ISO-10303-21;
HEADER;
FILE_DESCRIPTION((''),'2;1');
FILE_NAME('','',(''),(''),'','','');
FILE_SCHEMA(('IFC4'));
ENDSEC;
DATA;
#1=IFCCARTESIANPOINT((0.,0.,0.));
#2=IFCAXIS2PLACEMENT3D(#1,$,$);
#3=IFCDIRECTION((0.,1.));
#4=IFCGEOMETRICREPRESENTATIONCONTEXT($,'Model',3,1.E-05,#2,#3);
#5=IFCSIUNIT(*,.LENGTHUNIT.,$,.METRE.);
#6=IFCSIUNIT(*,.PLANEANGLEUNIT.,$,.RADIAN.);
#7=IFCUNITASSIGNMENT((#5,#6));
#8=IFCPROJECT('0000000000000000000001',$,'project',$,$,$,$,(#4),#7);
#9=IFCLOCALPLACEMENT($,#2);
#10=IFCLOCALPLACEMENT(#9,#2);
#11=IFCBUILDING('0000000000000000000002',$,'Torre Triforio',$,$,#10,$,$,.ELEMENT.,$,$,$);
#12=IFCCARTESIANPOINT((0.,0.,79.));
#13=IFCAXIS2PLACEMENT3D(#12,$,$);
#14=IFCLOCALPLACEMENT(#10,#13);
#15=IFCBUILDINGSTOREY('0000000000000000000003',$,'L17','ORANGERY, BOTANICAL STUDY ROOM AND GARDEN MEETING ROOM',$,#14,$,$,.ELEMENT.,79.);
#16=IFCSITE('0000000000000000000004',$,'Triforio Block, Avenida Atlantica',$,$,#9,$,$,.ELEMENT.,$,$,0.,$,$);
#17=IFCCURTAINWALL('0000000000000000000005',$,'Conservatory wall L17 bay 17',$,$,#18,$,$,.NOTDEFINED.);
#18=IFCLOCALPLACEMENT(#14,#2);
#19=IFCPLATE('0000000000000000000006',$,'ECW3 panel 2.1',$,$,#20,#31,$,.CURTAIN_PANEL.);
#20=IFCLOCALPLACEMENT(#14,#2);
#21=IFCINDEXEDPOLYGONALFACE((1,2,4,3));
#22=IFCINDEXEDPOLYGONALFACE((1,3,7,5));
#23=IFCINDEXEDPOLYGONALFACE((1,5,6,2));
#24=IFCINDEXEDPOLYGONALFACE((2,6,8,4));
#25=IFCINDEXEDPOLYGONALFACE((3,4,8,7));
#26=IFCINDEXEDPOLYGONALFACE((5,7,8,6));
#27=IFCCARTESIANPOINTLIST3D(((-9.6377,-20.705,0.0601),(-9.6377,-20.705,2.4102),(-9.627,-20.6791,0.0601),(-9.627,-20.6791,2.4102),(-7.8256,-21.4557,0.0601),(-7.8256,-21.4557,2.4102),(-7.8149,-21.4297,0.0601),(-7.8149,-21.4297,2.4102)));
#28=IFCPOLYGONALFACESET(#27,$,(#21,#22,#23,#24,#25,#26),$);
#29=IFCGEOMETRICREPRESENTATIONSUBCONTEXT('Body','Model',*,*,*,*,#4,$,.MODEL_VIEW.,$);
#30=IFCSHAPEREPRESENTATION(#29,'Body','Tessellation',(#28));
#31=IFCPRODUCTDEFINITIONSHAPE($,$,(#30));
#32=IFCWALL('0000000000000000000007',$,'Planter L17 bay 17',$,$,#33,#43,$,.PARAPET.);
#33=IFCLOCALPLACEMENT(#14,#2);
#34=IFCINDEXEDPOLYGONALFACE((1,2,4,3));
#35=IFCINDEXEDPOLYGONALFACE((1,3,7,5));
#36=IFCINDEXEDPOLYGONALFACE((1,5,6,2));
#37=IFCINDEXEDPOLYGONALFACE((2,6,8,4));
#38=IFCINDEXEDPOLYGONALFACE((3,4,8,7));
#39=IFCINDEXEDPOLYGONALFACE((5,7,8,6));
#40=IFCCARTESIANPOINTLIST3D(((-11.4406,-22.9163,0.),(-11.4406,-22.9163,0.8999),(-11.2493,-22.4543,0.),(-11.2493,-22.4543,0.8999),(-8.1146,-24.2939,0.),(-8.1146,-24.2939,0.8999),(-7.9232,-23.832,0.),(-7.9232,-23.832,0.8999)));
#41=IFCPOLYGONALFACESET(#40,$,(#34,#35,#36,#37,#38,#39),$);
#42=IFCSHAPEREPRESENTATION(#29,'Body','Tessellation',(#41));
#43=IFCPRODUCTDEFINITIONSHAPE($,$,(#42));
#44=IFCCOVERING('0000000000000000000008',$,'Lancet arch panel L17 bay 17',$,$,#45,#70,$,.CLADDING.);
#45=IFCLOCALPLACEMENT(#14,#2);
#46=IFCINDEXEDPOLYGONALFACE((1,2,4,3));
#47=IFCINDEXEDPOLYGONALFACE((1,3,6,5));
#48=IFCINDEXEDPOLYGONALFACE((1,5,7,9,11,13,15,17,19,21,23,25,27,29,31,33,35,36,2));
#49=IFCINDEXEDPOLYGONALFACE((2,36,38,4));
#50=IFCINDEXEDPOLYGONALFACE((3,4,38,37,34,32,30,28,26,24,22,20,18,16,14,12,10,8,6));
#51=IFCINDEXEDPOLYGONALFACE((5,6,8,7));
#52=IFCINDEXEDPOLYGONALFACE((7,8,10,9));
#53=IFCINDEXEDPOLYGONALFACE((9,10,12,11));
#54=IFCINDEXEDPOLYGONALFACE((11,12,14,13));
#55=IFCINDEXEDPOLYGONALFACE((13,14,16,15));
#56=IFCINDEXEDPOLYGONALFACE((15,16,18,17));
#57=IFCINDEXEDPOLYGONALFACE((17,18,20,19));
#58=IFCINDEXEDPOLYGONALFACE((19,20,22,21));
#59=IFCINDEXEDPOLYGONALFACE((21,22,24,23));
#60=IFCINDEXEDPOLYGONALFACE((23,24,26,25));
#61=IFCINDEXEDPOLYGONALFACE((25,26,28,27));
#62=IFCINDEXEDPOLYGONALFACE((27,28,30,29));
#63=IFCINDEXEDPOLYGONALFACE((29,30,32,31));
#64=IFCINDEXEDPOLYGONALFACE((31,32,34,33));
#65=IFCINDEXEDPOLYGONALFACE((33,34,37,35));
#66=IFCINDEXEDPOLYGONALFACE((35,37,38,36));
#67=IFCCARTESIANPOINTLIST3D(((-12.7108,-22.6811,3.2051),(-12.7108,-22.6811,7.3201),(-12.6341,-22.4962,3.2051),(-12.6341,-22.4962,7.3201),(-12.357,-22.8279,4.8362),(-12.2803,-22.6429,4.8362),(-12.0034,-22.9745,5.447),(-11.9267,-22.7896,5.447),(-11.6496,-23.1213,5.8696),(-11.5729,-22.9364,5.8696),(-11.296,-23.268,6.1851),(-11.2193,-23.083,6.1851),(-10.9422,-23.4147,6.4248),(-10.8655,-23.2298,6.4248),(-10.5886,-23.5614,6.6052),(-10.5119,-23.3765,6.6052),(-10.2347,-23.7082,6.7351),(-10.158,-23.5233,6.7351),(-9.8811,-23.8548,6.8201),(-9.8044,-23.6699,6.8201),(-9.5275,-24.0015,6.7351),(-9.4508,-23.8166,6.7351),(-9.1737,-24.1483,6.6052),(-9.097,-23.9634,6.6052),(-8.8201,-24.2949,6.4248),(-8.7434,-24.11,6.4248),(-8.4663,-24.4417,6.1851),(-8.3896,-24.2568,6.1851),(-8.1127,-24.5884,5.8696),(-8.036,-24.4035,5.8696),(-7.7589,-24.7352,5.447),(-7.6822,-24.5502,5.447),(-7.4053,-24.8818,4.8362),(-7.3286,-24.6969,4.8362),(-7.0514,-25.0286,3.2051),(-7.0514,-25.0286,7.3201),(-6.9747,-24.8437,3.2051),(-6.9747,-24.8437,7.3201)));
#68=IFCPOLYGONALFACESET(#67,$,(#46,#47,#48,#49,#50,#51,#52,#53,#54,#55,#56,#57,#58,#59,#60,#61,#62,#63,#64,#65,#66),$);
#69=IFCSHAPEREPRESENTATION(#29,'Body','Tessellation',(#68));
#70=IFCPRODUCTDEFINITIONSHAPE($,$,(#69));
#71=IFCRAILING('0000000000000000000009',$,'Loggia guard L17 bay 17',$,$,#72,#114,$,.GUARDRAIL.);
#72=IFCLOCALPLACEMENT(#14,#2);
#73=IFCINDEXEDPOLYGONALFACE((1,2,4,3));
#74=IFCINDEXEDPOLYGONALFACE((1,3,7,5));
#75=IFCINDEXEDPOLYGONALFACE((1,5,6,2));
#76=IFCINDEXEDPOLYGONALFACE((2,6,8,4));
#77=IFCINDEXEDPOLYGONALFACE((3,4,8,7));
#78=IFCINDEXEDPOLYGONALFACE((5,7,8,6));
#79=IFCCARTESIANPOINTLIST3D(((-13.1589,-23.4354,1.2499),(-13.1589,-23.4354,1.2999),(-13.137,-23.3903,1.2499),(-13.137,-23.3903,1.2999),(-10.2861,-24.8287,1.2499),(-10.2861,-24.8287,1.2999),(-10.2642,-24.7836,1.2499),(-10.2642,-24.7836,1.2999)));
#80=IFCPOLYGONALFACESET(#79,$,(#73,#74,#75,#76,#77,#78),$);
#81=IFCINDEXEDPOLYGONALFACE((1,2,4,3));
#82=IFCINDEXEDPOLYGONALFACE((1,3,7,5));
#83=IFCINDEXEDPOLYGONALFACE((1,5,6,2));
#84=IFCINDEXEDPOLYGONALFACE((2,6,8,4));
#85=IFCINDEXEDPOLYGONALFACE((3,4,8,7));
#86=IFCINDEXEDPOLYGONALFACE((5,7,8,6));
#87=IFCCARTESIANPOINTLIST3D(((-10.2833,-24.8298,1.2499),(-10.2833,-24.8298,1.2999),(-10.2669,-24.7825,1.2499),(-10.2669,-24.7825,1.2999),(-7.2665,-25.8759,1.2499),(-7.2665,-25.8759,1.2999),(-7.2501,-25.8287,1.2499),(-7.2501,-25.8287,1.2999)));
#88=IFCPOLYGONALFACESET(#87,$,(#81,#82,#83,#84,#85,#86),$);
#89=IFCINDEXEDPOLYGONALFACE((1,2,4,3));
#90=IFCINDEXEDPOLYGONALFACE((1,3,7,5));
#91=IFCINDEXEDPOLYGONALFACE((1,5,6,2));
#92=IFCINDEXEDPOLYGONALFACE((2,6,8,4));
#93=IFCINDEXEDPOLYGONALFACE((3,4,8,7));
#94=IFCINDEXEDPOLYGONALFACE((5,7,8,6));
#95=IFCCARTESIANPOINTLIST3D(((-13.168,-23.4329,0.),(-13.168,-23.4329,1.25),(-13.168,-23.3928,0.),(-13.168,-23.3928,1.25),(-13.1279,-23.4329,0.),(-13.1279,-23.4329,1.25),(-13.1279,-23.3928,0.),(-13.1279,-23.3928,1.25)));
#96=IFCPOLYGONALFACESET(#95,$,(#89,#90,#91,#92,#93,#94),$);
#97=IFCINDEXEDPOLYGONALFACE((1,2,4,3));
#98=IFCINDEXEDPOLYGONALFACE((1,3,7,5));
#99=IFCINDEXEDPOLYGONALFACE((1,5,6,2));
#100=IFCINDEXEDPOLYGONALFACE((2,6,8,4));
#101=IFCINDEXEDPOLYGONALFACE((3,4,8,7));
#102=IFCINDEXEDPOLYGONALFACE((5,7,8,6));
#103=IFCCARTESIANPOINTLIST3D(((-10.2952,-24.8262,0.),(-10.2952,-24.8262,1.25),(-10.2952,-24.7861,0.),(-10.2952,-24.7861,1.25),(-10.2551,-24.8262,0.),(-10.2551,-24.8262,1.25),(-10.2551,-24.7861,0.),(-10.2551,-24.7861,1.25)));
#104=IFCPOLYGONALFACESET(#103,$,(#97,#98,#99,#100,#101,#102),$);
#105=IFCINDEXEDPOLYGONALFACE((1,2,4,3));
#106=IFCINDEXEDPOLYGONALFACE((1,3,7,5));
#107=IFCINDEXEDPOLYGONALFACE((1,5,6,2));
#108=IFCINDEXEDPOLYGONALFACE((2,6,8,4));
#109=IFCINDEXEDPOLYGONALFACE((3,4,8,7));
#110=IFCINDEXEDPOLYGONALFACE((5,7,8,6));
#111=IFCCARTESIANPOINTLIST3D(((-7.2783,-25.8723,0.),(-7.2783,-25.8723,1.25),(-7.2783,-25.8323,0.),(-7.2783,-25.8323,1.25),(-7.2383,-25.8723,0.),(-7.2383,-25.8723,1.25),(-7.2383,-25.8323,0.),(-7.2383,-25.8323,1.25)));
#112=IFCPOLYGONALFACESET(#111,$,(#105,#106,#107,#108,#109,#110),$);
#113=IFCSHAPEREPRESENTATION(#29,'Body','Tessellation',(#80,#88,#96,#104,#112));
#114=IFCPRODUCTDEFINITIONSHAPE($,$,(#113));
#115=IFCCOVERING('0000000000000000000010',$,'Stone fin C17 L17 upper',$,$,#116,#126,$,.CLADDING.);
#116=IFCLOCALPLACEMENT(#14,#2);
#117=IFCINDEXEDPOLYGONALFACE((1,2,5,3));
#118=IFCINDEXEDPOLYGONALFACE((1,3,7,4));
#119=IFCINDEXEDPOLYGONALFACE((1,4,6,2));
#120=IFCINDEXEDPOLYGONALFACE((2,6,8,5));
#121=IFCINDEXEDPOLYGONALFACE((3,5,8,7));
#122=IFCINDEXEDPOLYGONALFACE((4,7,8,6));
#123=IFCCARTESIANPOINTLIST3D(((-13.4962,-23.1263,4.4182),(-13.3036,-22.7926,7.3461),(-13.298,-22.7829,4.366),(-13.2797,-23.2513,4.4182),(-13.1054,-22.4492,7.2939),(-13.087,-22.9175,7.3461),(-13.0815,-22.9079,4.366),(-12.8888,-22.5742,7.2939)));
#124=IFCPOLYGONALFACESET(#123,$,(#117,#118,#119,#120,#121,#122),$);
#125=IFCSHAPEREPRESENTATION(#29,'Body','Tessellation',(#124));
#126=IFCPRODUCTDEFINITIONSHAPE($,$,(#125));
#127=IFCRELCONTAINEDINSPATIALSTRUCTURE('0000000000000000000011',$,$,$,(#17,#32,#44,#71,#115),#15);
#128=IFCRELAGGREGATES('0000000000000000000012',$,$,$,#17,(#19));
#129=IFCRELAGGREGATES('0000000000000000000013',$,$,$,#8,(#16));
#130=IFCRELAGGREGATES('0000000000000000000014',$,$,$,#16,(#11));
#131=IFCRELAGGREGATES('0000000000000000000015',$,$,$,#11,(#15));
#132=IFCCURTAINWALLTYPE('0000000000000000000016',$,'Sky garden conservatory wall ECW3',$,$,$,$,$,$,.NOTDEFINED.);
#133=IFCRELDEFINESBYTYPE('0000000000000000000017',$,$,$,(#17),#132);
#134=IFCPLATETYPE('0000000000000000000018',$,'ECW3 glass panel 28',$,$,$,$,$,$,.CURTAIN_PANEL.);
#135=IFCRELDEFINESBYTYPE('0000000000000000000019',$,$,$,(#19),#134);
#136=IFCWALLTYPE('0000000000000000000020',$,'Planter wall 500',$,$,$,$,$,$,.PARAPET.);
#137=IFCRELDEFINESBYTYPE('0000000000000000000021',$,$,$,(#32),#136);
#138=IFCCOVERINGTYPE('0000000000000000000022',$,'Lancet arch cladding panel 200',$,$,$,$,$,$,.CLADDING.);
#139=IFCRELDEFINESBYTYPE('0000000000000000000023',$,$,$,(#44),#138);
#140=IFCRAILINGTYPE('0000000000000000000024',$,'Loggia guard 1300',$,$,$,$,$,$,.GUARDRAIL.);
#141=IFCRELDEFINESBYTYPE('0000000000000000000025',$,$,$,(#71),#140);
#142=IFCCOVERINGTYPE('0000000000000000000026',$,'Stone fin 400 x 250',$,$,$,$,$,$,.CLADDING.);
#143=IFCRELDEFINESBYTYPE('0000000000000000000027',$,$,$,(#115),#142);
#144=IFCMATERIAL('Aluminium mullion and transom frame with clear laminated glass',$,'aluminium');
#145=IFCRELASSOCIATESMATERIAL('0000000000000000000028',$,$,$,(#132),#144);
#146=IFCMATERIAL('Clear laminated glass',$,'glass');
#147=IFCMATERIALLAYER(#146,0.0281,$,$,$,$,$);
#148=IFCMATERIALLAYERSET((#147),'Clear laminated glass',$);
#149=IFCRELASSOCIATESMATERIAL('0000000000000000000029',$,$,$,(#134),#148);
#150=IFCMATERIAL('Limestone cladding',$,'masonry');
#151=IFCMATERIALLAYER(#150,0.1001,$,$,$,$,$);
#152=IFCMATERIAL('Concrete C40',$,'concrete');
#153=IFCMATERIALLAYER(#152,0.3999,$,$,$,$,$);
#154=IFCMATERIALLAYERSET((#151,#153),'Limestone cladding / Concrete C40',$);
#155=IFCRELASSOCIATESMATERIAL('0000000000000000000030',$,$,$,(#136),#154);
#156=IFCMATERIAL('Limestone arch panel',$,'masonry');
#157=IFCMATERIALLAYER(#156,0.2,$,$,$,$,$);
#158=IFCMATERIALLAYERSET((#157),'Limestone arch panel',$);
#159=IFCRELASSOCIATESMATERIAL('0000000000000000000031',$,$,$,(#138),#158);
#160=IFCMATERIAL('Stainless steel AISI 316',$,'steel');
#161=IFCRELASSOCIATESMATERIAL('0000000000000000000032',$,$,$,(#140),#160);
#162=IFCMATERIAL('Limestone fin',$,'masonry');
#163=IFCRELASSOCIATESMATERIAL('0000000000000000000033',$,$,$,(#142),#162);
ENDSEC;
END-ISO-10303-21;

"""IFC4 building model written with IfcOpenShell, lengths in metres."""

from ifc_helpers import new_model, si_unit, direction, frame, frame_2d, origin, origin_2d, place, context, subcontext, project, spatial, polyline, rectangle, outline, extrude, material, layer, layer_set, material_profile, profile_set, type_object, element, aggregate, save


model = new_model("IFC4")

# Units and contexts
model_context = context("Model", 3, precision=1e-05, world=origin(), true_north=direction((0.0, 1.0)))
body_context = subcontext(model_context, "Body", "Model", "MODEL_VIEW")
ifc_project = project(units=[si_unit("LENGTHUNIT", "METRE"), si_unit("PLANEANGLEUNIT", "RADIAN")], contexts=[model_context])

# Site, building, storey
site_placement = place(None, origin())
site = spatial("IfcSite", under=ifc_project, at=site_placement, Name="Triforio Block, Avenida Atlantica", CompositionType="ELEMENT", RefElevation=0.0)
building_placement = place(site_placement, origin())
building = spatial("IfcBuilding", under=site, at=building_placement, Name="Torre Triforio", CompositionType="ELEMENT")
storey_placement = place(building_placement, frame((0.0, 0.0, 79.0)))
storey = spatial("IfcBuildingStorey", under=building, at=storey_placement, Name="L17", Description="ORANGERY, BOTANICAL STUDY ROOM AND GARDEN MEETING ROOM", CompositionType="ELEMENT", Elevation=79.0)

# Curtain wall
ifc_material_1 = material(Name="Aluminium mullion and transom frame with clear laminated glass", Category="aluminium")
curtain_wall_type = type_object("IfcCurtainWallType", Name="Sky garden conservatory wall ECW3", PredefinedType="NOTDEFINED", material=ifc_material_1)
curtain_wall_placement = place(storey_placement, origin())
curtain_wall = element("IfcCurtainWall", 1, at=curtain_wall_placement, inside=storey, type_object=curtain_wall_type, Name="Conservatory wall L17 bay 17", PredefinedType="NOTDEFINED")

# Plate
ifc_material_2 = material(Name="Clear laminated glass", Category="glass")
ifc_layer_1 = layer(ifc_material_2, 0.0281)
ifc_layer_set_1 = layer_set([ifc_layer_1], Name="Clear laminated glass")
plate_type = type_object("IfcPlateType", Name="ECW3 glass panel 28", PredefinedType="CURTAIN_PANEL", material=ifc_layer_set_1)
plate_1_placement = place(storey_placement, frame((-8.7263, -21.0674, 0.0601), z_axis=(0.0, 0.0, 1.0), x_axis=(0.923878, -0.382687, 0.0)))
plate_1 = element("IfcPlate", 2, at=plate_1_placement, type_object=plate_type, Name="ECW3 panel 2.1", PredefinedType="CURTAIN_PANEL", context=body_context, shape_type="SweptSolid", body=[
    extrude(rectangle(XDim=1.9614, YDim=0.0281, at=origin_2d()), origin(), (0.0, 0.0, 1.0), 2.3501),
])
aggregate(curtain_wall, [plate_1])

# Wall
ifc_material_3 = material(Name="Limestone cladding", Category="masonry")
ifc_layer_2 = layer(ifc_material_3, 0.1001)
ifc_material_4 = material(Name="Concrete C40", Category="concrete")
ifc_layer_3 = layer(ifc_material_4, 0.3999)
ifc_layer_set_2 = layer_set([ifc_layer_2, ifc_layer_3], Name="Limestone cladding / Concrete C40")
wall_type = type_object("IfcWallType", Name="Planter wall 500", PredefinedType="PARAPET", material=ifc_layer_set_2)
wall_placement = place(storey_placement, frame((-11.345, -22.6853, 0.0), z_axis=(0.0, 0.0, 1.0), x_axis=(0.923885, -0.382669, 0.0)))
element("IfcWall", 3, at=wall_placement, inside=storey, type_object=wall_type, Name="Planter L17 bay 17", PredefinedType="PARAPET", context=body_context, shape_type="SweptSolid", body=[
    extrude(rectangle(XDim=3.6001, YDim=0.5, at=frame_2d((1.8, 0.0))), origin(), (0.0, 0.0, 1.0), 0.8999),
])

# Covering
ifc_material_5 = material(Name="Limestone arch panel", Category="masonry")
ifc_layer_4 = layer(ifc_material_5, 0.2)
ifc_layer_set_3 = layer_set([ifc_layer_4], Name="Limestone arch panel")
covering_type_1 = type_object("IfcCoveringType", Name="Lancet arch cladding panel 200", PredefinedType="CLADDING", material=ifc_layer_set_3)
covering_1_placement = place(storey_placement, frame((-9.8044, -23.6699, 0.0), z_axis=(-0.383142, -0.923689, 0.0), x_axis=(0.923689, -0.383142, 0.0)))
element("IfcCovering", 4, at=covering_1_placement, inside=storey, type_object=covering_type_1, Name="Lancet arch panel L17 bay 17", PredefinedType="CLADDING", context=body_context, shape_type="SweptSolid", body=[
    extrude(outline(polyline([(-3.0635, 7.3201), (-3.0635, 3.2051), (-2.6804, 4.8362), (-2.2976, 5.447), (-1.9146, 5.8696), (-1.5317, 6.1851), (-1.1487, 6.4248), (-0.7659, 6.6052), (-0.3828, 6.7351), (0.0, 6.8201), (0.3828, 6.7351), (0.7659, 6.6052), (1.1487, 6.4248), (1.5317, 6.1851), (1.9146, 5.8696), (2.2976, 5.447), (2.6804, 4.8362), (3.0635, 3.2051), (3.0635, 7.3201), (-3.0635, 7.3201)])), origin(), (0.0, 0.0, 1.0), 0.2002),
])

# Railing
ifc_material_6 = material(Name="Stainless steel AISI 316", Category="steel")
railing_type = type_object("IfcRailingType", Name="Loggia guard 1300", PredefinedType="GUARDRAIL", material=ifc_material_6)
railing_placement = place(storey_placement, frame((-13.1479, -23.4128, 0.0)))
element("IfcRailing", 5, at=railing_placement, inside=storey, type_object=railing_type, Name="Loggia guard L17 bay 17", PredefinedType="GUARDRAIL", context=body_context, shape_type="SweptSolid", body=[
    extrude(rectangle(XDim=0.05, YDim=0.05, at=origin_2d()), frame((0.0, 0.0, 1.2749), z_axis=(0.89976, -0.436384, 0.0), x_axis=(0.436384, 0.89976, 0.0)), (0.0, 0.0, 1.0), 3.1929),
    extrude(rectangle(XDim=0.05, YDim=0.05, at=origin_2d()), frame((2.8728, -1.3933, 1.2749), z_axis=(0.944807, -0.327628, 0.0), x_axis=(0.327628, 0.944807, 0.0)), (0.0, 0.0, 1.0), 3.1931),
    extrude(rectangle(XDim=0.04, YDim=0.04, at=origin_2d()), origin(), (0.0, 0.0, 1.0), 1.25),
    extrude(rectangle(XDim=0.04, YDim=0.04, at=origin_2d()), frame((2.8728, -1.3933, 0.0)), (0.0, 0.0, 1.0), 1.25),
    extrude(rectangle(XDim=0.04, YDim=0.04, at=origin_2d()), frame((5.8896, -2.4395, 0.0)), (0.0, 0.0, 1.0), 1.25),
])

# Covering
ifc_material_7 = material(Name="Limestone fin", Category="masonry")
ifc_material_profile_1 = material_profile(ifc_material_7, rectangle(XDim=0.3999, YDim=0.25, at=origin_2d()), Name="FIN 400x250")
ifc_profile_set_1 = profile_set([ifc_material_profile_1], Name="Limestone fin")
covering_type_2 = type_object("IfcCoveringType", Name="Stone fin 400 x 250", PredefinedType="CLADDING", material=ifc_profile_set_1)
covering_2_placement = place(storey_placement, frame((-13.2888, -23.0171, 4.3921), z_axis=(0.065226, 0.113009, 0.991451), x_axis=(-0.495613, -0.858686, 0.130481)))
element("IfcCovering", 6, at=covering_2_placement, inside=storey, type_object=covering_type_2, Name="Stone fin C17 L17 upper", PredefinedType="CLADDING", context=body_context, shape_type="SweptSolid", body=[
    extrude(rectangle(XDim=0.3999, YDim=0.25, at=origin_2d()), origin(), (0.0, 0.0, 1.0), 2.9531),
])

save(model, "model.ifc")
